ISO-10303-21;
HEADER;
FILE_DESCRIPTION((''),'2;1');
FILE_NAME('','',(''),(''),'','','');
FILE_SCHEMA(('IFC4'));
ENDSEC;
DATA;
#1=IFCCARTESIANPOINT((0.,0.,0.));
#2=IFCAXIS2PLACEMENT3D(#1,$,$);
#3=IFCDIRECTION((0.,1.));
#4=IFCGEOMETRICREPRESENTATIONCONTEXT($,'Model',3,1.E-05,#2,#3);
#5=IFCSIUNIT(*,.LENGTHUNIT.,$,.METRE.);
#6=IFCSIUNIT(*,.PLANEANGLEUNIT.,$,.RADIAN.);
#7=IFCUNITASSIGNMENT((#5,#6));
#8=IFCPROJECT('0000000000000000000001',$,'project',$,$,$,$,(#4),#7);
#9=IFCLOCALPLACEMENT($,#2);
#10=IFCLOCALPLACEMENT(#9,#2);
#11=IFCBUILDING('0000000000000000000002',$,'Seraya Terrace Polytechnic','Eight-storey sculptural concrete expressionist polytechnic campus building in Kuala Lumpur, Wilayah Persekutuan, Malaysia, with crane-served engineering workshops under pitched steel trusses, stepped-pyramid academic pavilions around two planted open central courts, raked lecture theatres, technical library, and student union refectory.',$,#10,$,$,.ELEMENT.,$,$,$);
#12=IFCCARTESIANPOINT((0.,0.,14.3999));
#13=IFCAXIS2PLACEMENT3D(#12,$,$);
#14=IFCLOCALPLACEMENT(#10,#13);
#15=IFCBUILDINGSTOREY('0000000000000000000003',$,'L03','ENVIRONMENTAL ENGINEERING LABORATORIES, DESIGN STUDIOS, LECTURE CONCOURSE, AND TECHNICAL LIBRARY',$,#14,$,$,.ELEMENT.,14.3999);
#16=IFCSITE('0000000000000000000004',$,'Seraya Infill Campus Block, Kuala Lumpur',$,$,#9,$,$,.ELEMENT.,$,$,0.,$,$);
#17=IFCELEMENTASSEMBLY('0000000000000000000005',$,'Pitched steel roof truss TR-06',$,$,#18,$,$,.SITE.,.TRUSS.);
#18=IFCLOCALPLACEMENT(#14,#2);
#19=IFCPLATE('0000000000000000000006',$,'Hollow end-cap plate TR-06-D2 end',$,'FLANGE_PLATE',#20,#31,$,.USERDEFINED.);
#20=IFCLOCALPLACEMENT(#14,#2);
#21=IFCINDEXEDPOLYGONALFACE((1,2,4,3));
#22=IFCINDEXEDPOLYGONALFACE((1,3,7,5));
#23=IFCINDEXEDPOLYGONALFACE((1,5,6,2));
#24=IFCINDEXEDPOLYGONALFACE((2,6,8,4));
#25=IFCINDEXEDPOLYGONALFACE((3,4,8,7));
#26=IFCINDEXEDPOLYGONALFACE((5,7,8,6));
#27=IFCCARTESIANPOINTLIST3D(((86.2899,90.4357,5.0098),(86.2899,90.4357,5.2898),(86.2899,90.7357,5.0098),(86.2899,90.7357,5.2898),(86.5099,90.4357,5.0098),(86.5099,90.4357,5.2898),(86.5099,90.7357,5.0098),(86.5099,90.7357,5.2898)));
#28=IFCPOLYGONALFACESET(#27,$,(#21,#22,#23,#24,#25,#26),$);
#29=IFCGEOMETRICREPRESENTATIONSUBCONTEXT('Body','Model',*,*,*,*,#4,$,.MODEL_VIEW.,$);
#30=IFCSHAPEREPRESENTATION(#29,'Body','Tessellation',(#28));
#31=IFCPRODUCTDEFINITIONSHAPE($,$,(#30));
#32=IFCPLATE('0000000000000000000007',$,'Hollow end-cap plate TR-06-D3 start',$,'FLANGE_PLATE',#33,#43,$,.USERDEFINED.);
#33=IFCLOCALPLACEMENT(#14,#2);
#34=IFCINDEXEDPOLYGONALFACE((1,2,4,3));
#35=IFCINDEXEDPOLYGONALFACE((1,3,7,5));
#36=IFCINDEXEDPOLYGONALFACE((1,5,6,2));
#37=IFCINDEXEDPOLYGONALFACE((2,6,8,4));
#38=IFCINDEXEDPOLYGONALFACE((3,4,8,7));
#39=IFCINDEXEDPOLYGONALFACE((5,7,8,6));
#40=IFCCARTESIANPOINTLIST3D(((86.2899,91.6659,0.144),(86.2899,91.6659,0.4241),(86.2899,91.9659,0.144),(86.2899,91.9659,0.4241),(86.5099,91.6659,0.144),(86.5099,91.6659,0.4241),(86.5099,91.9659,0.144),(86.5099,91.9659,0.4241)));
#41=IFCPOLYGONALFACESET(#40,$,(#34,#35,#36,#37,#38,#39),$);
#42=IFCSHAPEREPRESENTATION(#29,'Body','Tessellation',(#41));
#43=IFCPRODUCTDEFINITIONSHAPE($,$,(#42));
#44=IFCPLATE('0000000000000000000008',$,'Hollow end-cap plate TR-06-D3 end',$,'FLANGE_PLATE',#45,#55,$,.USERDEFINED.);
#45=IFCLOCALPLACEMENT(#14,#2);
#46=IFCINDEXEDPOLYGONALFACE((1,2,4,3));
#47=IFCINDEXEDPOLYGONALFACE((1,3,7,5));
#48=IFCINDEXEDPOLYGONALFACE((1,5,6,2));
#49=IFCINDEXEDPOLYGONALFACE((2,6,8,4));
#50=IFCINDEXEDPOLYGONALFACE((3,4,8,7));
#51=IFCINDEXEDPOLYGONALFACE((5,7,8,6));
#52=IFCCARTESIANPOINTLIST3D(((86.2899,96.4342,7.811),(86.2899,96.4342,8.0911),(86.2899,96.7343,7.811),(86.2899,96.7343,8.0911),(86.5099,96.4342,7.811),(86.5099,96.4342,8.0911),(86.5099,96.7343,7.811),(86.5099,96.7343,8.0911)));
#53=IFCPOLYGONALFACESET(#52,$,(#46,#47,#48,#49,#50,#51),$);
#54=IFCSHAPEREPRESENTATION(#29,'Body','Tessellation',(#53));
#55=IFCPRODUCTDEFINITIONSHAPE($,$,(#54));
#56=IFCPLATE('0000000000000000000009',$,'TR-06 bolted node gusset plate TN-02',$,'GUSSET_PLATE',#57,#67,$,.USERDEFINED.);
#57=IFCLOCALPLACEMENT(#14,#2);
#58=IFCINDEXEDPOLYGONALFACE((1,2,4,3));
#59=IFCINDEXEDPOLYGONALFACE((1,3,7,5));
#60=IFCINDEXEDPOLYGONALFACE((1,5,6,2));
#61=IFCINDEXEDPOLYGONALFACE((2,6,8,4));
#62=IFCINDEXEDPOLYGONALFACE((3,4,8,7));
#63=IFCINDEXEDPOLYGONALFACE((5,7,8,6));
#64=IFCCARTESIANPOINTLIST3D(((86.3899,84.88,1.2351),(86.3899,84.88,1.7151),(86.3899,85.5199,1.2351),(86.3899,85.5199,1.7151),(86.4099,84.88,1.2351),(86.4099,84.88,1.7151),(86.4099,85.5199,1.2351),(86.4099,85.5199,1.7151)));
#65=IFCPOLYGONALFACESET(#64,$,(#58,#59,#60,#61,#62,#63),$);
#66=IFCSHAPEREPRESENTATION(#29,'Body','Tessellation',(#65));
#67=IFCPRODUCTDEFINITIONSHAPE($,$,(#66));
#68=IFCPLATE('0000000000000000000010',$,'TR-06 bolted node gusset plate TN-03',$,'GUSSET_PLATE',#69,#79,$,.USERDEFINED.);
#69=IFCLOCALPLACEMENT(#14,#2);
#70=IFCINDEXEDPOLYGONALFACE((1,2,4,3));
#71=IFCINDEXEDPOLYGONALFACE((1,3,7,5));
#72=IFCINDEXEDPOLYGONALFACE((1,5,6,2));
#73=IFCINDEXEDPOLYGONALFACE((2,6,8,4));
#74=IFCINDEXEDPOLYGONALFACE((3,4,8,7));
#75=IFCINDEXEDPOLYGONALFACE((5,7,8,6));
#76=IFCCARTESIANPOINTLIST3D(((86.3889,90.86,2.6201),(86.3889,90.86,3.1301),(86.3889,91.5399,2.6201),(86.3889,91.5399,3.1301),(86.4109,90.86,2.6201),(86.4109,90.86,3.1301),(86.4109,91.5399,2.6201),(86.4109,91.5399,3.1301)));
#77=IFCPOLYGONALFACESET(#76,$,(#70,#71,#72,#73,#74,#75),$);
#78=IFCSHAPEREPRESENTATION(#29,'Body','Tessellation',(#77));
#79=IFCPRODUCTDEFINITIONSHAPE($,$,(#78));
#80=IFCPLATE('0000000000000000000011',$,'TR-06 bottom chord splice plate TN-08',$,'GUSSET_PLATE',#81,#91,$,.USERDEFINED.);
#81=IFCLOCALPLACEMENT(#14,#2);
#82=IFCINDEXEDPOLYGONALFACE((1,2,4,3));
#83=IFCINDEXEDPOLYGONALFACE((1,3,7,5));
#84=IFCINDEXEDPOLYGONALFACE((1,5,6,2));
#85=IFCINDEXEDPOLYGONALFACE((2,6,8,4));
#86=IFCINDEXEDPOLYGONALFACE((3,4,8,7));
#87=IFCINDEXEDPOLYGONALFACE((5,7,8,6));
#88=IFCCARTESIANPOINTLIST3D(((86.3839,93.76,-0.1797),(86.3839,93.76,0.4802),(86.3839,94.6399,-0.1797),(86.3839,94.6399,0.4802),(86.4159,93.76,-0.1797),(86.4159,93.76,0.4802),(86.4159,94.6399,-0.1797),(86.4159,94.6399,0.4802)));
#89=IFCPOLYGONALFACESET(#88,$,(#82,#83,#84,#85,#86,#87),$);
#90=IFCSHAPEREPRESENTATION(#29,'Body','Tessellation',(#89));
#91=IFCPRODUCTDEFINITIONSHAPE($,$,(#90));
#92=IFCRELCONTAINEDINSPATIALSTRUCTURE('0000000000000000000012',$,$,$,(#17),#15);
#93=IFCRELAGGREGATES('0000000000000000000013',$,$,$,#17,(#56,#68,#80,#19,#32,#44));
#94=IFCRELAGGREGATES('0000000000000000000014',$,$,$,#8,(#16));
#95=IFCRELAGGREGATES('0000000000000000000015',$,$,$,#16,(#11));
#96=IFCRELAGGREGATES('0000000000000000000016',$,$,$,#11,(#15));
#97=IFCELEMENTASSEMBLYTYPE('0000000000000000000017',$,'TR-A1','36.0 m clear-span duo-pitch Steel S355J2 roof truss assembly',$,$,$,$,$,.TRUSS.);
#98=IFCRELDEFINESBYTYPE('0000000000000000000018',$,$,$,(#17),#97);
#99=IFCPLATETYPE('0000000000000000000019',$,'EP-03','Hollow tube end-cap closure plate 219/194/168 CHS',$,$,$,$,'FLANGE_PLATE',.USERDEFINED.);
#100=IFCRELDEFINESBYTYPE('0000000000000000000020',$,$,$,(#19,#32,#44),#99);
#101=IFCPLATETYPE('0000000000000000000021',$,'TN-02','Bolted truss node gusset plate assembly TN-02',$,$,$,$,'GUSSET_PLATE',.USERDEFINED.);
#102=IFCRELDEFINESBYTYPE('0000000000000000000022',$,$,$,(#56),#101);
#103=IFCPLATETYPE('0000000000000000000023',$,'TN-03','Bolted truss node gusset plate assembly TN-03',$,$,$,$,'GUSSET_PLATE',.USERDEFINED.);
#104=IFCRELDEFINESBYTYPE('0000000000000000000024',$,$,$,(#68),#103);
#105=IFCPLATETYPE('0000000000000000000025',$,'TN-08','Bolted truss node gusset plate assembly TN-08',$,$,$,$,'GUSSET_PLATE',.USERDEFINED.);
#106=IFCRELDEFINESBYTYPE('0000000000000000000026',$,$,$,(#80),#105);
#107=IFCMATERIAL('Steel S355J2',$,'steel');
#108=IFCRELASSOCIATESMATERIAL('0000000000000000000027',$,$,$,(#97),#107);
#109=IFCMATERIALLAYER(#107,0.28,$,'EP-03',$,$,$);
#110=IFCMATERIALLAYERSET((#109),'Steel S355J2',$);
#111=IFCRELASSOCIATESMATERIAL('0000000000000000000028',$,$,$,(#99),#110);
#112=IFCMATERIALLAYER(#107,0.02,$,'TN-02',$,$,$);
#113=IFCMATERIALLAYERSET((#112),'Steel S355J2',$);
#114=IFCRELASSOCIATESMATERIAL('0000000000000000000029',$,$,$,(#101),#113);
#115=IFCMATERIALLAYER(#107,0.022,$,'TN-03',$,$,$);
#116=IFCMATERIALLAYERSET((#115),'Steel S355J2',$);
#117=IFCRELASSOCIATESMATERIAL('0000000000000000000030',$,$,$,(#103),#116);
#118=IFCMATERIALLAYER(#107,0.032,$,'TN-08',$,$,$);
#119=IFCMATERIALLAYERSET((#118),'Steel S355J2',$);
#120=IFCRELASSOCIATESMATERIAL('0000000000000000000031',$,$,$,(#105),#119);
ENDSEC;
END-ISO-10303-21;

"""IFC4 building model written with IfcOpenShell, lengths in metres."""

from ifc_helpers import new_model, si_unit, direction, frame, origin, origin_2d, place, context, subcontext, project, spatial, rectangle, extrude, material, layer, layer_set, type_object, element, aggregate, save


model = new_model("IFC4")

# Units and contexts
model_context = context("Model", 3, precision=1e-05, world=origin(), true_north=direction((0.0, 1.0)))
body_context = subcontext(model_context, "Body", "Model", "MODEL_VIEW")
ifc_project = project(units=[si_unit("LENGTHUNIT", "METRE"), si_unit("PLANEANGLEUNIT", "RADIAN")], contexts=[model_context])

# Site, building, storey
site_placement = place(None, origin())
site = spatial("IfcSite", under=ifc_project, at=site_placement, Name="Seraya Infill Campus Block, Kuala Lumpur", CompositionType="ELEMENT", RefElevation=0.0)
building_placement = place(site_placement, origin())
building = spatial("IfcBuilding", under=site, at=building_placement, Name="Seraya Terrace Polytechnic", Description="Eight-storey sculptural concrete expressionist polytechnic campus building in Kuala Lumpur, Wilayah Persekutuan, Malaysia, with crane-served engineering workshops under pitched steel trusses, stepped-pyramid academic pavilions around two planted open central courts, raked lecture theatres, technical library, and student union refectory.", CompositionType="ELEMENT")
storey_placement = place(building_placement, frame((0.0, 0.0, 14.3999)))
storey = spatial("IfcBuildingStorey", under=building, at=storey_placement, Name="L03", Description="ENVIRONMENTAL ENGINEERING LABORATORIES, DESIGN STUDIOS, LECTURE CONCOURSE, AND TECHNICAL LIBRARY", CompositionType="ELEMENT", Elevation=14.3999)

# Element assembly
ifc_material_1 = material(Name="Steel S355J2", Category="steel")
element_assembly_type = type_object("IfcElementAssemblyType", Name="TR-A1", Description="36.0 m clear-span duo-pitch Steel S355J2 roof truss assembly", PredefinedType="TRUSS", material=ifc_material_1)
assembly_placement = place(storey_placement, origin())
assembly = element("IfcElementAssembly", 1, at=assembly_placement, inside=storey, type_object=element_assembly_type, Name="Pitched steel roof truss TR-06", AssemblyPlace="SITE", PredefinedType="TRUSS")

# Plates
ifc_layer_1 = layer(ifc_material_1, 0.28, Name="EP-03")
ifc_layer_set_1 = layer_set([ifc_layer_1], Name="Steel S355J2")
plate_type_1 = type_object("IfcPlateType", Name="EP-03", Description="Hollow tube end-cap closure plate 219/194/168 CHS", ElementType="FLANGE_PLATE", PredefinedType="USERDEFINED", material=ifc_layer_set_1)
plate_1_placement = place(storey_placement, frame((86.3999, 90.5857, 5.0098), z_axis=(0.0, 0.0, 1.0), x_axis=(0.0, 1.0, 0.0)))
plate_1 = element("IfcPlate", 2, at=plate_1_placement, type_object=plate_type_1, Name="Hollow end-cap plate TR-06-D2 end", ObjectType="FLANGE_PLATE", PredefinedType="USERDEFINED", context=body_context, shape_type="SweptSolid", body=[
    extrude(rectangle(XDim=0.3, YDim=0.22, at=origin_2d()), origin(), (0.0, 0.0, 1.0), 0.28),
])
plate_2_placement = place(storey_placement, frame((86.3999, 91.8159, 0.144), z_axis=(0.0, 0.0, 1.0), x_axis=(0.0, 1.0, 0.0)))
plate_2 = element("IfcPlate", 3, at=plate_2_placement, type_object=plate_type_1, Name="Hollow end-cap plate TR-06-D3 start", ObjectType="FLANGE_PLATE", PredefinedType="USERDEFINED", context=body_context, shape_type="SweptSolid", body=[
    extrude(rectangle(XDim=0.3, YDim=0.22, at=origin_2d()), origin(), (0.0, 0.0, 1.0), 0.28),
])
plate_3_placement = place(storey_placement, frame((86.3999, 96.5842, 7.811), z_axis=(0.0, 0.0, 1.0), x_axis=(0.0, 1.0, 0.0)))
plate_3 = element("IfcPlate", 4, at=plate_3_placement, type_object=plate_type_1, Name="Hollow end-cap plate TR-06-D3 end", ObjectType="FLANGE_PLATE", PredefinedType="USERDEFINED", context=body_context, shape_type="SweptSolid", body=[
    extrude(rectangle(XDim=0.3, YDim=0.22, at=origin_2d()), origin(), (0.0, 0.0, 1.0), 0.28),
])
ifc_layer_2 = layer(ifc_material_1, 0.02, Name="TN-02")
ifc_layer_set_2 = layer_set([ifc_layer_2], Name="Steel S355J2")
plate_type_2 = type_object("IfcPlateType", Name="TN-02", Description="Bolted truss node gusset plate assembly TN-02", ElementType="GUSSET_PLATE", PredefinedType="USERDEFINED", material=ifc_layer_set_2)
plate_4_placement = place(storey_placement, frame((86.3999, 85.2, 1.2351), z_axis=(0.0, 0.0, 1.0), x_axis=(0.0, 1.0, 0.0)))
plate_4 = element("IfcPlate", 5, at=plate_4_placement, type_object=plate_type_2, Name="TR-06 bolted node gusset plate TN-02", ObjectType="GUSSET_PLATE", PredefinedType="USERDEFINED", context=body_context, shape_type="SweptSolid", body=[
    extrude(rectangle(XDim=0.6399, YDim=0.02, at=origin_2d()), origin(), (0.0, 0.0, 1.0), 0.48),
])
ifc_layer_3 = layer(ifc_material_1, 0.022, Name="TN-03")
ifc_layer_set_3 = layer_set([ifc_layer_3], Name="Steel S355J2")
plate_type_3 = type_object("IfcPlateType", Name="TN-03", Description="Bolted truss node gusset plate assembly TN-03", ElementType="GUSSET_PLATE", PredefinedType="USERDEFINED", material=ifc_layer_set_3)
plate_5_placement = place(storey_placement, frame((86.3999, 91.2, 2.6201), z_axis=(0.0, 0.0, 1.0), x_axis=(0.0, 1.0, 0.0)))
plate_5 = element("IfcPlate", 6, at=plate_5_placement, type_object=plate_type_3, Name="TR-06 bolted node gusset plate TN-03", ObjectType="GUSSET_PLATE", PredefinedType="USERDEFINED", context=body_context, shape_type="SweptSolid", body=[
    extrude(rectangle(XDim=0.6799, YDim=0.022, at=origin_2d()), origin(), (0.0, 0.0, 1.0), 0.51),
])
ifc_layer_4 = layer(ifc_material_1, 0.032, Name="TN-08")
ifc_layer_set_4 = layer_set([ifc_layer_4], Name="Steel S355J2")
plate_type_4 = type_object("IfcPlateType", Name="TN-08", Description="Bolted truss node gusset plate assembly TN-08", ElementType="GUSSET_PLATE", PredefinedType="USERDEFINED", material=ifc_layer_set_4)
plate_6_placement = place(storey_placement, frame((86.3999, 94.2, -0.1797), z_axis=(0.0, 0.0, 1.0), x_axis=(0.0, 1.0, 0.0)))
plate_6 = element("IfcPlate", 7, at=plate_6_placement, type_object=plate_type_4, Name="TR-06 bottom chord splice plate TN-08", ObjectType="GUSSET_PLATE", PredefinedType="USERDEFINED", context=body_context, shape_type="SweptSolid", body=[
    extrude(rectangle(XDim=0.8799, YDim=0.032, at=origin_2d()), origin(), (0.0, 0.0, 1.0), 0.6599),
])
aggregate(assembly, [plate_4, plate_5, plate_6, plate_1, plate_2, plate_3])

save(model, "model.ifc")
